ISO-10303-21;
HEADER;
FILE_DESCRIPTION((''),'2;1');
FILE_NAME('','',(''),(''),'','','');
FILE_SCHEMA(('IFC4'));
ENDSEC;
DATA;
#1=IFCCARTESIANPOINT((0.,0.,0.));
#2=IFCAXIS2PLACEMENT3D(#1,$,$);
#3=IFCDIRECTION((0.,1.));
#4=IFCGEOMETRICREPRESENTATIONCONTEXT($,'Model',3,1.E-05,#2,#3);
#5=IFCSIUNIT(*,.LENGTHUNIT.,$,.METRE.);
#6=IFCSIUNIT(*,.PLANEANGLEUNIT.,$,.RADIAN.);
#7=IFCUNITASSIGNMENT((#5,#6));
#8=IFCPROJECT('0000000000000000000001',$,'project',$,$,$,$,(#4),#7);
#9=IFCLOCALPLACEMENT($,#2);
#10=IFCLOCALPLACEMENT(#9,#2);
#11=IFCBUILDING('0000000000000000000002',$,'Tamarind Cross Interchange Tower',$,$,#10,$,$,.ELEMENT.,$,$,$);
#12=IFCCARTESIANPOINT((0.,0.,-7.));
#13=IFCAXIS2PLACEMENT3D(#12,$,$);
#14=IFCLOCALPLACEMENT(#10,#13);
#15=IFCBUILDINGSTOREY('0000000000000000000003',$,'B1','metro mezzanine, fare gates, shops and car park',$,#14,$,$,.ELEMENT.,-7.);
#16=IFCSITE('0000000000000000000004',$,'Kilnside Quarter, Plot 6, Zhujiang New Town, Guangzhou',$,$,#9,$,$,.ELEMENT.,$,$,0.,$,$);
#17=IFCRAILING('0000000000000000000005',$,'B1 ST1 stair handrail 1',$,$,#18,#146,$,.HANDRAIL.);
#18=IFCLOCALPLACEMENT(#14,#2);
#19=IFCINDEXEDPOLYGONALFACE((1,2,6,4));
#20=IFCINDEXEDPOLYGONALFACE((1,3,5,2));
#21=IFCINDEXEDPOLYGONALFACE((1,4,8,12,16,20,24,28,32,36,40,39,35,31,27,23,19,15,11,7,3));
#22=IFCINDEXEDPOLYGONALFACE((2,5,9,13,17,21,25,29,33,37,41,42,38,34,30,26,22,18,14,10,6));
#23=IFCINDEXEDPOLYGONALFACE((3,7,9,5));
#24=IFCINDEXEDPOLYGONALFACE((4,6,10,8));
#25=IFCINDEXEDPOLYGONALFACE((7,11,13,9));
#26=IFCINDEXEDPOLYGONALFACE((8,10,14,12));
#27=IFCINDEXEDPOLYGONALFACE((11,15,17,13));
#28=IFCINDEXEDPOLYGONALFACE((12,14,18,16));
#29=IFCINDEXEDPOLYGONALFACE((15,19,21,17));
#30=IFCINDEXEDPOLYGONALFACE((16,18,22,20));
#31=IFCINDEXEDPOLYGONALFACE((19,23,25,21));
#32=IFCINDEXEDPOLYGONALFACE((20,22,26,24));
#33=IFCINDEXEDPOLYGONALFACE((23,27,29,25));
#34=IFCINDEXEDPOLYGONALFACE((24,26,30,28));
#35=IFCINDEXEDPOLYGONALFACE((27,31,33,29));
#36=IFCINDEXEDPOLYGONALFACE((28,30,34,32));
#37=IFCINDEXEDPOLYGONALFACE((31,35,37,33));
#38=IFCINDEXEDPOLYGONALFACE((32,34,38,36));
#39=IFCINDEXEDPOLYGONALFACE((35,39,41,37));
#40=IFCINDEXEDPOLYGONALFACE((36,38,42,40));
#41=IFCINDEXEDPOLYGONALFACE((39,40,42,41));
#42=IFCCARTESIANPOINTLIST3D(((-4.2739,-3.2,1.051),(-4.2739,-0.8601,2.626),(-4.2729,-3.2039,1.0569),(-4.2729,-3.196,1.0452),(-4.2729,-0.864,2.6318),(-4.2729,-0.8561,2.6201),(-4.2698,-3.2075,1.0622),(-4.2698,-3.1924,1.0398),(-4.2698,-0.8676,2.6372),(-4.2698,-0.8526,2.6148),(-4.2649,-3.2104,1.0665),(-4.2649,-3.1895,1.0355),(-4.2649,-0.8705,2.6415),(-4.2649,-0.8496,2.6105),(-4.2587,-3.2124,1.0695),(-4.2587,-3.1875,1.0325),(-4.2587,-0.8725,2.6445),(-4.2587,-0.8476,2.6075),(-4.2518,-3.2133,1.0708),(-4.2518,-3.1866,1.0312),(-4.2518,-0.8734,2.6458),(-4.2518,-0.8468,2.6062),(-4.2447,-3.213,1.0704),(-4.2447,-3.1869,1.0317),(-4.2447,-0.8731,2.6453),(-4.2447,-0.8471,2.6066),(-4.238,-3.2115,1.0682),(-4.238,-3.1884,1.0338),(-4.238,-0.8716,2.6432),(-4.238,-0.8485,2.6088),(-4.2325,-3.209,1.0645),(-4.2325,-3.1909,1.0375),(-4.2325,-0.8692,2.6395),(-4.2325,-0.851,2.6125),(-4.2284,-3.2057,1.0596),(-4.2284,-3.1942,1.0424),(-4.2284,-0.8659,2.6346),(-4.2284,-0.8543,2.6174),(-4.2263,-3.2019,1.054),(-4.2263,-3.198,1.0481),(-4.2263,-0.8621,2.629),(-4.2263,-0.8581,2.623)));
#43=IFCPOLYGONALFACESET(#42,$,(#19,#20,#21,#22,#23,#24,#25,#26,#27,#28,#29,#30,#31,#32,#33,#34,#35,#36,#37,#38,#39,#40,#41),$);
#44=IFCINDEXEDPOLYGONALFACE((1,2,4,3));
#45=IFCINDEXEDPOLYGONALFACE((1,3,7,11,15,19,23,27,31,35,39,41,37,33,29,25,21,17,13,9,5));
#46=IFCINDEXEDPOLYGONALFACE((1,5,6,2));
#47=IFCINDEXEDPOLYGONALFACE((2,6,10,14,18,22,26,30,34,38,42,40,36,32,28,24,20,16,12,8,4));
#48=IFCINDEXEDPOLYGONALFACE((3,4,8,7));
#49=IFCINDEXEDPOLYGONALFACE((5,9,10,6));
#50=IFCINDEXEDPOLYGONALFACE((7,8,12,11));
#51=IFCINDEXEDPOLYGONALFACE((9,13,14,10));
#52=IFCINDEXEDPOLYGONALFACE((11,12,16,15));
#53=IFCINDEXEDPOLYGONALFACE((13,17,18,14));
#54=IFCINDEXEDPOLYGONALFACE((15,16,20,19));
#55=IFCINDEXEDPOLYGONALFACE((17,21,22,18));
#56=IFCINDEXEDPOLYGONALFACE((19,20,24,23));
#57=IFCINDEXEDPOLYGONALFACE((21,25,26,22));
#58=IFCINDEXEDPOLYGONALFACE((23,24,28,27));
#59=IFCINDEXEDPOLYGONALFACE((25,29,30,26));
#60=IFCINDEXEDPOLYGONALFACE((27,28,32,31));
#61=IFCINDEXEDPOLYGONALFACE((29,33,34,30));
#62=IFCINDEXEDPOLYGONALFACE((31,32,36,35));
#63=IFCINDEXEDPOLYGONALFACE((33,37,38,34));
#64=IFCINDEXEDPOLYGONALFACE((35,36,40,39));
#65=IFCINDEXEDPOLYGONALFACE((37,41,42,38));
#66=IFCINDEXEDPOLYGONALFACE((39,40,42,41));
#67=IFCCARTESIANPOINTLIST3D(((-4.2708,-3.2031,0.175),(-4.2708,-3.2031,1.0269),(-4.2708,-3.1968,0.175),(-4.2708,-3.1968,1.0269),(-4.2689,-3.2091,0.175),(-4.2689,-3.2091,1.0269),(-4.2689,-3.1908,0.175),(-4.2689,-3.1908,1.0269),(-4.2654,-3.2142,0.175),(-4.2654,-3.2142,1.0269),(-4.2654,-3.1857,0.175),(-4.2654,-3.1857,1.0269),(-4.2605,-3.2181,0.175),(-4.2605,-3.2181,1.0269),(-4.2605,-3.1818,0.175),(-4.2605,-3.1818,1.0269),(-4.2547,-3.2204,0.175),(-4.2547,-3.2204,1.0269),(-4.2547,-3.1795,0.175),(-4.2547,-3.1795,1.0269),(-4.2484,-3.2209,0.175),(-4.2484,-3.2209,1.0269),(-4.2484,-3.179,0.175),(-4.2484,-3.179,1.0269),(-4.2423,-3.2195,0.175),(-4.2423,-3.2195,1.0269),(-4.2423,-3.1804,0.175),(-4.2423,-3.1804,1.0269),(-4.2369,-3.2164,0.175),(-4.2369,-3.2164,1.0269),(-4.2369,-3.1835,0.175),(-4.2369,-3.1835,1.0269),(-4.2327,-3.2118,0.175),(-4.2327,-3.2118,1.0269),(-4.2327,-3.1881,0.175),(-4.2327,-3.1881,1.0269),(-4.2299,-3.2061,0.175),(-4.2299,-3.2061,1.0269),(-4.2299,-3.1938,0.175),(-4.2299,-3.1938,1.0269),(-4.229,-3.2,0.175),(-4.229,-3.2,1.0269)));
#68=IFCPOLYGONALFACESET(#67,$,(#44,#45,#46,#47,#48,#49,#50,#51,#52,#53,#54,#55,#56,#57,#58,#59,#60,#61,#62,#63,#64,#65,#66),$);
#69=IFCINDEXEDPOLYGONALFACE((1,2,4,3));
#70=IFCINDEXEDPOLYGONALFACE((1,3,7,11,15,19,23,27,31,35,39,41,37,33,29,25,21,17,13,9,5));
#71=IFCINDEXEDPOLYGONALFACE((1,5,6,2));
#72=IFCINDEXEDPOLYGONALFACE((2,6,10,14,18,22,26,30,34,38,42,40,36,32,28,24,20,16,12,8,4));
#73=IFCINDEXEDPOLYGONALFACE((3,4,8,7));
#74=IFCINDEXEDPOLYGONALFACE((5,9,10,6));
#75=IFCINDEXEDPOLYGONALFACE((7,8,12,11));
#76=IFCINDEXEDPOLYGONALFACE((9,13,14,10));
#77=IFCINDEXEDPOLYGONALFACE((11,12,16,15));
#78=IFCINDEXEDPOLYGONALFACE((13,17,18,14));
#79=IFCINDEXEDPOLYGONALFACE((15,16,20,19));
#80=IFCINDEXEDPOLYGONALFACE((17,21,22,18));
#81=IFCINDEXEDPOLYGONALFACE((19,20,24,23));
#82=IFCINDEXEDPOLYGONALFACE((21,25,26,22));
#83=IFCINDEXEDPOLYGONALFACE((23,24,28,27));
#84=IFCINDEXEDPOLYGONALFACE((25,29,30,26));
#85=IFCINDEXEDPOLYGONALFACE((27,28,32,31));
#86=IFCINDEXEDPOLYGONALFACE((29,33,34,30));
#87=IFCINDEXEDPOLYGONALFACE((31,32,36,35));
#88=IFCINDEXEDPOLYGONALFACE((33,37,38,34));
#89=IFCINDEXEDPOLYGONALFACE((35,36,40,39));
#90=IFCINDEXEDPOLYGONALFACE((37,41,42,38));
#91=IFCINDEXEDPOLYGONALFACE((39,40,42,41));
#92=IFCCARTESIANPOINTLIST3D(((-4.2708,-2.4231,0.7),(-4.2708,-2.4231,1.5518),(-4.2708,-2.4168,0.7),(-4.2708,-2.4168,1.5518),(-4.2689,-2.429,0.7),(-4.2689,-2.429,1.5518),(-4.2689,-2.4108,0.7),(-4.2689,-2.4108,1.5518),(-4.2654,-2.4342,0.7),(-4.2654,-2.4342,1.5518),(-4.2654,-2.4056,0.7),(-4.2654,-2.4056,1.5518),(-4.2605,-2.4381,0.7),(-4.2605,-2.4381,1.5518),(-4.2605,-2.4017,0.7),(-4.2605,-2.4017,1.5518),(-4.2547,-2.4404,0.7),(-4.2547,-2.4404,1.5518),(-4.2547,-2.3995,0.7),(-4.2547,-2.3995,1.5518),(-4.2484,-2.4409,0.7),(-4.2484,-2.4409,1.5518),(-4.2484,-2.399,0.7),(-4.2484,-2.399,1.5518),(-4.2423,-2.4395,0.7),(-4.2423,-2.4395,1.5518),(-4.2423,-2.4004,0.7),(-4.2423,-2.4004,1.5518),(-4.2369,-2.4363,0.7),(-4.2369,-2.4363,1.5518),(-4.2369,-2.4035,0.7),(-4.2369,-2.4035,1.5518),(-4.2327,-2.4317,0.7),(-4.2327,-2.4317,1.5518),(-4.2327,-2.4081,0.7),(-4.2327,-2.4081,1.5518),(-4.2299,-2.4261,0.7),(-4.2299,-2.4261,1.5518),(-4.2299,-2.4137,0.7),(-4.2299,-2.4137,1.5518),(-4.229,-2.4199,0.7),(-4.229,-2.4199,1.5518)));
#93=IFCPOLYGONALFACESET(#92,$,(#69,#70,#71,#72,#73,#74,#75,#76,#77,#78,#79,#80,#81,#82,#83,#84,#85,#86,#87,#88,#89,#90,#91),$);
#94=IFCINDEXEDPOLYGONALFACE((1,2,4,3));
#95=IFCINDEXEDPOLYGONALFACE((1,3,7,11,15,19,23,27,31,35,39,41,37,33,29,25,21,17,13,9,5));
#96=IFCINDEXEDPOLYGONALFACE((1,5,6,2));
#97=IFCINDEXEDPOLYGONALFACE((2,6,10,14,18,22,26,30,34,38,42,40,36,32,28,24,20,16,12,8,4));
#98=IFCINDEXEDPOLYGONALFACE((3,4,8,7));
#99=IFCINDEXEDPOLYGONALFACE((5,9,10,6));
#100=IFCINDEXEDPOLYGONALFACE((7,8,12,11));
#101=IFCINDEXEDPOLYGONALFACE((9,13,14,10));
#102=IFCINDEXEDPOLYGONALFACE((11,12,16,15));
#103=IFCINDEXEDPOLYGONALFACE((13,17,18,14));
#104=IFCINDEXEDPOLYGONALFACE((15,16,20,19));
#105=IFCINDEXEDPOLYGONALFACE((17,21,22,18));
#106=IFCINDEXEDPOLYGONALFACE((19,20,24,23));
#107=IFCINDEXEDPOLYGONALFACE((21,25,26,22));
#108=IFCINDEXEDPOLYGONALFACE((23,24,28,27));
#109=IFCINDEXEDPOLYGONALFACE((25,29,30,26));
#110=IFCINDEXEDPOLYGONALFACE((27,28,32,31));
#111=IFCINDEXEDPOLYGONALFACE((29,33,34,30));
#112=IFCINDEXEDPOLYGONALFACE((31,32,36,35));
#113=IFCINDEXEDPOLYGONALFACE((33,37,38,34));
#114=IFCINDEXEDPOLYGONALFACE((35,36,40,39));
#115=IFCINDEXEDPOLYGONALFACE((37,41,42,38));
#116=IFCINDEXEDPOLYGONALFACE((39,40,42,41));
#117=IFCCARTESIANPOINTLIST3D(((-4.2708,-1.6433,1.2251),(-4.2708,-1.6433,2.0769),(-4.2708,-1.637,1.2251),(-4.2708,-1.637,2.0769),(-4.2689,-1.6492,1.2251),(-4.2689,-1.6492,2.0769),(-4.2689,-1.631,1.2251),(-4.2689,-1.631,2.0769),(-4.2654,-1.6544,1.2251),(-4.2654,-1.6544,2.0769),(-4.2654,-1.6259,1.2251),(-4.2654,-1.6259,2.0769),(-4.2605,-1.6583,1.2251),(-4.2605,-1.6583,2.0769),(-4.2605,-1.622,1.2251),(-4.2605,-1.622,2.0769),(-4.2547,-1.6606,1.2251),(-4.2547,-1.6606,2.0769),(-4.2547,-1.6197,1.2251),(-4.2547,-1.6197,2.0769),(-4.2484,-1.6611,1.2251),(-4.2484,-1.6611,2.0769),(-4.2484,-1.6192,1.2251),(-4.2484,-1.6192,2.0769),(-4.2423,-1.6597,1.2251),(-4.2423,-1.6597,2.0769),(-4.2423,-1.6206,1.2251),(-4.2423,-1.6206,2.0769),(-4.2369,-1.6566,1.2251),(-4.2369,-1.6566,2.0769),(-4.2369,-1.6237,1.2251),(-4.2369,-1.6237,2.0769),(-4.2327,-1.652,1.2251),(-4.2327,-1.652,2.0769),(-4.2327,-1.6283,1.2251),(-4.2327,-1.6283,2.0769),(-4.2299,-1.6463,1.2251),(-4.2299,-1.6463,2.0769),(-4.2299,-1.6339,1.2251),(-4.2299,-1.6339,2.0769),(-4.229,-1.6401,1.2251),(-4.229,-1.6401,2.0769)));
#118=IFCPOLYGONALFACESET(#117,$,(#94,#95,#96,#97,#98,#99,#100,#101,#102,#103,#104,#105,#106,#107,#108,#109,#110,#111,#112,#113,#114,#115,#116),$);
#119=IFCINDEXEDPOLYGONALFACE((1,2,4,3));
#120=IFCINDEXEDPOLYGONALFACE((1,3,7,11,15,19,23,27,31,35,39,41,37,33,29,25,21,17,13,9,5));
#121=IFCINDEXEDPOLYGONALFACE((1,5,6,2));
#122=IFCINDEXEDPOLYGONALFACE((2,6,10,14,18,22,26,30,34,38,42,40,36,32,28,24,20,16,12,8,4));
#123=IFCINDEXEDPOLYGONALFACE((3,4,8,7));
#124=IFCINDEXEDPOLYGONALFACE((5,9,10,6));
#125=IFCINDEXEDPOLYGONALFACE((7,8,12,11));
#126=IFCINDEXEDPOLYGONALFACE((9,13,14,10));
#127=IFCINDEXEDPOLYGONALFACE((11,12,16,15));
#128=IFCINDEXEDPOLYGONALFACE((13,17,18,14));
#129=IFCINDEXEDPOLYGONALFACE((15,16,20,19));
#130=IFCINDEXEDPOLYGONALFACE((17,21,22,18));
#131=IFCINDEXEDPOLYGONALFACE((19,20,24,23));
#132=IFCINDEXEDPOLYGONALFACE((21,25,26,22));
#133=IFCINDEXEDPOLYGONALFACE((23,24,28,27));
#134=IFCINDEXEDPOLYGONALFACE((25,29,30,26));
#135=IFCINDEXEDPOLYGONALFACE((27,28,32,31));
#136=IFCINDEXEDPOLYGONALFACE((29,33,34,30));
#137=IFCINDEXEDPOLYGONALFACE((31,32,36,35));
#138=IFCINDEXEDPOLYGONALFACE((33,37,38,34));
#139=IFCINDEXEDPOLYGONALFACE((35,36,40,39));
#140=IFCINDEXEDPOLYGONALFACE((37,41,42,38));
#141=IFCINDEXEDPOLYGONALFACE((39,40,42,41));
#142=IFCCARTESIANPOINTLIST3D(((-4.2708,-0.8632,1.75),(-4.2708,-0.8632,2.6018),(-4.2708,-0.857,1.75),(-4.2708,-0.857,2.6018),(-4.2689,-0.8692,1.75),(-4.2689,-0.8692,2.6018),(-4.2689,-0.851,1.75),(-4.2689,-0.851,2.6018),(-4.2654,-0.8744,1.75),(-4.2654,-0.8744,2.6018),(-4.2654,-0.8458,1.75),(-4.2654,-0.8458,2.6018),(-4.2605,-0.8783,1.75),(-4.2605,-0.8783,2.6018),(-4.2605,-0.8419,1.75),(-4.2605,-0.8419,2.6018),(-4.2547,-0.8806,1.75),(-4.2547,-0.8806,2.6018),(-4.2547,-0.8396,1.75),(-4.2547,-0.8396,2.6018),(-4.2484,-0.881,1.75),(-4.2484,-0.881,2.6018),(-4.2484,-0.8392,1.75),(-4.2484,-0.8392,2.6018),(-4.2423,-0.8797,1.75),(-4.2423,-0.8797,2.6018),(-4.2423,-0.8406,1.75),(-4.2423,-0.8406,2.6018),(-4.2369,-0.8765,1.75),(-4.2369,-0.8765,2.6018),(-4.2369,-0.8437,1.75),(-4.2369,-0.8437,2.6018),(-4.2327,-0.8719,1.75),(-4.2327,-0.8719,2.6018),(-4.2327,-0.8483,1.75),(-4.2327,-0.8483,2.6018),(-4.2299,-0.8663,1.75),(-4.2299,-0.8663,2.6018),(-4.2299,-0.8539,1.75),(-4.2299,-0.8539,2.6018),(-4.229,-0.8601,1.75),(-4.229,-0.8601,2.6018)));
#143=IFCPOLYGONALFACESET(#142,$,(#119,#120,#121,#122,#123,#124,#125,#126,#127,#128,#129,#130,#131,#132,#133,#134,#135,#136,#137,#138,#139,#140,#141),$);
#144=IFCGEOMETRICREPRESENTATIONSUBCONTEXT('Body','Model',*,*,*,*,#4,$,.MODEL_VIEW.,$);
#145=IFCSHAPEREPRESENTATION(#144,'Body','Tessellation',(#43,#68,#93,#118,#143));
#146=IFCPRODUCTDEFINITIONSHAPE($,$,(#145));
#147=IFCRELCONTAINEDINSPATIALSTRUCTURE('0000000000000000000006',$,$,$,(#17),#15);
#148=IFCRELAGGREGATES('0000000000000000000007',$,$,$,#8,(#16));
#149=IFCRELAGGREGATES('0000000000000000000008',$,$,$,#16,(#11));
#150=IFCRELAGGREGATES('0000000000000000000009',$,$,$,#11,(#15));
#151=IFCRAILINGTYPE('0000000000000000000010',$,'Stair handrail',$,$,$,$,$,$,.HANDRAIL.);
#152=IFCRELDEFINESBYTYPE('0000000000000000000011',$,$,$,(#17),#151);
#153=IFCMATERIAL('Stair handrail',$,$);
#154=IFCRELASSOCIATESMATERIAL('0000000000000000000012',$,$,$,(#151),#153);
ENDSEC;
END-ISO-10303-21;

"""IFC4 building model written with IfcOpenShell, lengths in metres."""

from ifc_helpers import new_model, si_unit, direction, frame, origin, origin_2d, place, context, subcontext, project, spatial, circle, extrude, material, type_object, element, save


model = new_model("IFC4")

# Units and contexts
model_context = context("Model", 3, precision=1e-05, world=origin(), true_north=direction((0.0, 1.0)))
body_context = subcontext(model_context, "Body", "Model", "MODEL_VIEW")
ifc_project = project(units=[si_unit("LENGTHUNIT", "METRE"), si_unit("PLANEANGLEUNIT", "RADIAN")], contexts=[model_context])

# Site, building, storey
site_placement = place(None, origin())
site = spatial("IfcSite", under=ifc_project, at=site_placement, Name="Kilnside Quarter, Plot 6, Zhujiang New Town, Guangzhou", CompositionType="ELEMENT", RefElevation=0.0)
building_placement = place(site_placement, origin())
building = spatial("IfcBuilding", under=site, at=building_placement, Name="Tamarind Cross Interchange Tower", CompositionType="ELEMENT")
storey_placement = place(building_placement, frame((0.0, 0.0, -7.0)))
storey = spatial("IfcBuildingStorey", under=building, at=storey_placement, Name="B1", Description="metro mezzanine, fare gates, shops and car park", CompositionType="ELEMENT", Elevation=-7.0)

# Railing
ifc_material_1 = material(Name="Stair handrail")
railing_type_1 = type_object("IfcRailingType", Name="Stair handrail", PredefinedType="HANDRAIL", material=ifc_material_1)
for number, where, name in (
    (1, (-4.25, -3.2, 0.175), "B1 ST1 stair handrail 1"),
):
    element("IfcRailing", number, at=place(storey_placement, frame(where)), inside=storey, type_object=railing_type_1, Name=name, PredefinedType="HANDRAIL", context=body_context, shape_type="SweptSolid", body=[
        extrude(circle(Radius=0.0239, at=origin_2d()), frame((0.0, 0.0, 0.876), z_axis=(0.0, 0.829578, 0.55839), x_axis=(-1.0, 0.0, 0.0)), (0.0, 0.0, 1.0), 2.8206),
        extrude(circle(Radius=0.021, at=origin_2d()), origin(), (0.0, 0.0, 1.0), 0.8518),
        extrude(circle(Radius=0.021, at=origin_2d()), frame((0.0, 0.78, 0.5249)), (0.0, 0.0, 1.0), 0.8518),
        extrude(circle(Radius=0.021, at=origin_2d()), frame((0.0, 1.5598, 1.05)), (0.0, 0.0, 1.0), 0.8518),
        extrude(circle(Radius=0.021, at=origin_2d()), frame((0.0, 2.3398, 1.575)), (0.0, 0.0, 1.0), 0.8518),
    ])

save(model, "model.ifc")
